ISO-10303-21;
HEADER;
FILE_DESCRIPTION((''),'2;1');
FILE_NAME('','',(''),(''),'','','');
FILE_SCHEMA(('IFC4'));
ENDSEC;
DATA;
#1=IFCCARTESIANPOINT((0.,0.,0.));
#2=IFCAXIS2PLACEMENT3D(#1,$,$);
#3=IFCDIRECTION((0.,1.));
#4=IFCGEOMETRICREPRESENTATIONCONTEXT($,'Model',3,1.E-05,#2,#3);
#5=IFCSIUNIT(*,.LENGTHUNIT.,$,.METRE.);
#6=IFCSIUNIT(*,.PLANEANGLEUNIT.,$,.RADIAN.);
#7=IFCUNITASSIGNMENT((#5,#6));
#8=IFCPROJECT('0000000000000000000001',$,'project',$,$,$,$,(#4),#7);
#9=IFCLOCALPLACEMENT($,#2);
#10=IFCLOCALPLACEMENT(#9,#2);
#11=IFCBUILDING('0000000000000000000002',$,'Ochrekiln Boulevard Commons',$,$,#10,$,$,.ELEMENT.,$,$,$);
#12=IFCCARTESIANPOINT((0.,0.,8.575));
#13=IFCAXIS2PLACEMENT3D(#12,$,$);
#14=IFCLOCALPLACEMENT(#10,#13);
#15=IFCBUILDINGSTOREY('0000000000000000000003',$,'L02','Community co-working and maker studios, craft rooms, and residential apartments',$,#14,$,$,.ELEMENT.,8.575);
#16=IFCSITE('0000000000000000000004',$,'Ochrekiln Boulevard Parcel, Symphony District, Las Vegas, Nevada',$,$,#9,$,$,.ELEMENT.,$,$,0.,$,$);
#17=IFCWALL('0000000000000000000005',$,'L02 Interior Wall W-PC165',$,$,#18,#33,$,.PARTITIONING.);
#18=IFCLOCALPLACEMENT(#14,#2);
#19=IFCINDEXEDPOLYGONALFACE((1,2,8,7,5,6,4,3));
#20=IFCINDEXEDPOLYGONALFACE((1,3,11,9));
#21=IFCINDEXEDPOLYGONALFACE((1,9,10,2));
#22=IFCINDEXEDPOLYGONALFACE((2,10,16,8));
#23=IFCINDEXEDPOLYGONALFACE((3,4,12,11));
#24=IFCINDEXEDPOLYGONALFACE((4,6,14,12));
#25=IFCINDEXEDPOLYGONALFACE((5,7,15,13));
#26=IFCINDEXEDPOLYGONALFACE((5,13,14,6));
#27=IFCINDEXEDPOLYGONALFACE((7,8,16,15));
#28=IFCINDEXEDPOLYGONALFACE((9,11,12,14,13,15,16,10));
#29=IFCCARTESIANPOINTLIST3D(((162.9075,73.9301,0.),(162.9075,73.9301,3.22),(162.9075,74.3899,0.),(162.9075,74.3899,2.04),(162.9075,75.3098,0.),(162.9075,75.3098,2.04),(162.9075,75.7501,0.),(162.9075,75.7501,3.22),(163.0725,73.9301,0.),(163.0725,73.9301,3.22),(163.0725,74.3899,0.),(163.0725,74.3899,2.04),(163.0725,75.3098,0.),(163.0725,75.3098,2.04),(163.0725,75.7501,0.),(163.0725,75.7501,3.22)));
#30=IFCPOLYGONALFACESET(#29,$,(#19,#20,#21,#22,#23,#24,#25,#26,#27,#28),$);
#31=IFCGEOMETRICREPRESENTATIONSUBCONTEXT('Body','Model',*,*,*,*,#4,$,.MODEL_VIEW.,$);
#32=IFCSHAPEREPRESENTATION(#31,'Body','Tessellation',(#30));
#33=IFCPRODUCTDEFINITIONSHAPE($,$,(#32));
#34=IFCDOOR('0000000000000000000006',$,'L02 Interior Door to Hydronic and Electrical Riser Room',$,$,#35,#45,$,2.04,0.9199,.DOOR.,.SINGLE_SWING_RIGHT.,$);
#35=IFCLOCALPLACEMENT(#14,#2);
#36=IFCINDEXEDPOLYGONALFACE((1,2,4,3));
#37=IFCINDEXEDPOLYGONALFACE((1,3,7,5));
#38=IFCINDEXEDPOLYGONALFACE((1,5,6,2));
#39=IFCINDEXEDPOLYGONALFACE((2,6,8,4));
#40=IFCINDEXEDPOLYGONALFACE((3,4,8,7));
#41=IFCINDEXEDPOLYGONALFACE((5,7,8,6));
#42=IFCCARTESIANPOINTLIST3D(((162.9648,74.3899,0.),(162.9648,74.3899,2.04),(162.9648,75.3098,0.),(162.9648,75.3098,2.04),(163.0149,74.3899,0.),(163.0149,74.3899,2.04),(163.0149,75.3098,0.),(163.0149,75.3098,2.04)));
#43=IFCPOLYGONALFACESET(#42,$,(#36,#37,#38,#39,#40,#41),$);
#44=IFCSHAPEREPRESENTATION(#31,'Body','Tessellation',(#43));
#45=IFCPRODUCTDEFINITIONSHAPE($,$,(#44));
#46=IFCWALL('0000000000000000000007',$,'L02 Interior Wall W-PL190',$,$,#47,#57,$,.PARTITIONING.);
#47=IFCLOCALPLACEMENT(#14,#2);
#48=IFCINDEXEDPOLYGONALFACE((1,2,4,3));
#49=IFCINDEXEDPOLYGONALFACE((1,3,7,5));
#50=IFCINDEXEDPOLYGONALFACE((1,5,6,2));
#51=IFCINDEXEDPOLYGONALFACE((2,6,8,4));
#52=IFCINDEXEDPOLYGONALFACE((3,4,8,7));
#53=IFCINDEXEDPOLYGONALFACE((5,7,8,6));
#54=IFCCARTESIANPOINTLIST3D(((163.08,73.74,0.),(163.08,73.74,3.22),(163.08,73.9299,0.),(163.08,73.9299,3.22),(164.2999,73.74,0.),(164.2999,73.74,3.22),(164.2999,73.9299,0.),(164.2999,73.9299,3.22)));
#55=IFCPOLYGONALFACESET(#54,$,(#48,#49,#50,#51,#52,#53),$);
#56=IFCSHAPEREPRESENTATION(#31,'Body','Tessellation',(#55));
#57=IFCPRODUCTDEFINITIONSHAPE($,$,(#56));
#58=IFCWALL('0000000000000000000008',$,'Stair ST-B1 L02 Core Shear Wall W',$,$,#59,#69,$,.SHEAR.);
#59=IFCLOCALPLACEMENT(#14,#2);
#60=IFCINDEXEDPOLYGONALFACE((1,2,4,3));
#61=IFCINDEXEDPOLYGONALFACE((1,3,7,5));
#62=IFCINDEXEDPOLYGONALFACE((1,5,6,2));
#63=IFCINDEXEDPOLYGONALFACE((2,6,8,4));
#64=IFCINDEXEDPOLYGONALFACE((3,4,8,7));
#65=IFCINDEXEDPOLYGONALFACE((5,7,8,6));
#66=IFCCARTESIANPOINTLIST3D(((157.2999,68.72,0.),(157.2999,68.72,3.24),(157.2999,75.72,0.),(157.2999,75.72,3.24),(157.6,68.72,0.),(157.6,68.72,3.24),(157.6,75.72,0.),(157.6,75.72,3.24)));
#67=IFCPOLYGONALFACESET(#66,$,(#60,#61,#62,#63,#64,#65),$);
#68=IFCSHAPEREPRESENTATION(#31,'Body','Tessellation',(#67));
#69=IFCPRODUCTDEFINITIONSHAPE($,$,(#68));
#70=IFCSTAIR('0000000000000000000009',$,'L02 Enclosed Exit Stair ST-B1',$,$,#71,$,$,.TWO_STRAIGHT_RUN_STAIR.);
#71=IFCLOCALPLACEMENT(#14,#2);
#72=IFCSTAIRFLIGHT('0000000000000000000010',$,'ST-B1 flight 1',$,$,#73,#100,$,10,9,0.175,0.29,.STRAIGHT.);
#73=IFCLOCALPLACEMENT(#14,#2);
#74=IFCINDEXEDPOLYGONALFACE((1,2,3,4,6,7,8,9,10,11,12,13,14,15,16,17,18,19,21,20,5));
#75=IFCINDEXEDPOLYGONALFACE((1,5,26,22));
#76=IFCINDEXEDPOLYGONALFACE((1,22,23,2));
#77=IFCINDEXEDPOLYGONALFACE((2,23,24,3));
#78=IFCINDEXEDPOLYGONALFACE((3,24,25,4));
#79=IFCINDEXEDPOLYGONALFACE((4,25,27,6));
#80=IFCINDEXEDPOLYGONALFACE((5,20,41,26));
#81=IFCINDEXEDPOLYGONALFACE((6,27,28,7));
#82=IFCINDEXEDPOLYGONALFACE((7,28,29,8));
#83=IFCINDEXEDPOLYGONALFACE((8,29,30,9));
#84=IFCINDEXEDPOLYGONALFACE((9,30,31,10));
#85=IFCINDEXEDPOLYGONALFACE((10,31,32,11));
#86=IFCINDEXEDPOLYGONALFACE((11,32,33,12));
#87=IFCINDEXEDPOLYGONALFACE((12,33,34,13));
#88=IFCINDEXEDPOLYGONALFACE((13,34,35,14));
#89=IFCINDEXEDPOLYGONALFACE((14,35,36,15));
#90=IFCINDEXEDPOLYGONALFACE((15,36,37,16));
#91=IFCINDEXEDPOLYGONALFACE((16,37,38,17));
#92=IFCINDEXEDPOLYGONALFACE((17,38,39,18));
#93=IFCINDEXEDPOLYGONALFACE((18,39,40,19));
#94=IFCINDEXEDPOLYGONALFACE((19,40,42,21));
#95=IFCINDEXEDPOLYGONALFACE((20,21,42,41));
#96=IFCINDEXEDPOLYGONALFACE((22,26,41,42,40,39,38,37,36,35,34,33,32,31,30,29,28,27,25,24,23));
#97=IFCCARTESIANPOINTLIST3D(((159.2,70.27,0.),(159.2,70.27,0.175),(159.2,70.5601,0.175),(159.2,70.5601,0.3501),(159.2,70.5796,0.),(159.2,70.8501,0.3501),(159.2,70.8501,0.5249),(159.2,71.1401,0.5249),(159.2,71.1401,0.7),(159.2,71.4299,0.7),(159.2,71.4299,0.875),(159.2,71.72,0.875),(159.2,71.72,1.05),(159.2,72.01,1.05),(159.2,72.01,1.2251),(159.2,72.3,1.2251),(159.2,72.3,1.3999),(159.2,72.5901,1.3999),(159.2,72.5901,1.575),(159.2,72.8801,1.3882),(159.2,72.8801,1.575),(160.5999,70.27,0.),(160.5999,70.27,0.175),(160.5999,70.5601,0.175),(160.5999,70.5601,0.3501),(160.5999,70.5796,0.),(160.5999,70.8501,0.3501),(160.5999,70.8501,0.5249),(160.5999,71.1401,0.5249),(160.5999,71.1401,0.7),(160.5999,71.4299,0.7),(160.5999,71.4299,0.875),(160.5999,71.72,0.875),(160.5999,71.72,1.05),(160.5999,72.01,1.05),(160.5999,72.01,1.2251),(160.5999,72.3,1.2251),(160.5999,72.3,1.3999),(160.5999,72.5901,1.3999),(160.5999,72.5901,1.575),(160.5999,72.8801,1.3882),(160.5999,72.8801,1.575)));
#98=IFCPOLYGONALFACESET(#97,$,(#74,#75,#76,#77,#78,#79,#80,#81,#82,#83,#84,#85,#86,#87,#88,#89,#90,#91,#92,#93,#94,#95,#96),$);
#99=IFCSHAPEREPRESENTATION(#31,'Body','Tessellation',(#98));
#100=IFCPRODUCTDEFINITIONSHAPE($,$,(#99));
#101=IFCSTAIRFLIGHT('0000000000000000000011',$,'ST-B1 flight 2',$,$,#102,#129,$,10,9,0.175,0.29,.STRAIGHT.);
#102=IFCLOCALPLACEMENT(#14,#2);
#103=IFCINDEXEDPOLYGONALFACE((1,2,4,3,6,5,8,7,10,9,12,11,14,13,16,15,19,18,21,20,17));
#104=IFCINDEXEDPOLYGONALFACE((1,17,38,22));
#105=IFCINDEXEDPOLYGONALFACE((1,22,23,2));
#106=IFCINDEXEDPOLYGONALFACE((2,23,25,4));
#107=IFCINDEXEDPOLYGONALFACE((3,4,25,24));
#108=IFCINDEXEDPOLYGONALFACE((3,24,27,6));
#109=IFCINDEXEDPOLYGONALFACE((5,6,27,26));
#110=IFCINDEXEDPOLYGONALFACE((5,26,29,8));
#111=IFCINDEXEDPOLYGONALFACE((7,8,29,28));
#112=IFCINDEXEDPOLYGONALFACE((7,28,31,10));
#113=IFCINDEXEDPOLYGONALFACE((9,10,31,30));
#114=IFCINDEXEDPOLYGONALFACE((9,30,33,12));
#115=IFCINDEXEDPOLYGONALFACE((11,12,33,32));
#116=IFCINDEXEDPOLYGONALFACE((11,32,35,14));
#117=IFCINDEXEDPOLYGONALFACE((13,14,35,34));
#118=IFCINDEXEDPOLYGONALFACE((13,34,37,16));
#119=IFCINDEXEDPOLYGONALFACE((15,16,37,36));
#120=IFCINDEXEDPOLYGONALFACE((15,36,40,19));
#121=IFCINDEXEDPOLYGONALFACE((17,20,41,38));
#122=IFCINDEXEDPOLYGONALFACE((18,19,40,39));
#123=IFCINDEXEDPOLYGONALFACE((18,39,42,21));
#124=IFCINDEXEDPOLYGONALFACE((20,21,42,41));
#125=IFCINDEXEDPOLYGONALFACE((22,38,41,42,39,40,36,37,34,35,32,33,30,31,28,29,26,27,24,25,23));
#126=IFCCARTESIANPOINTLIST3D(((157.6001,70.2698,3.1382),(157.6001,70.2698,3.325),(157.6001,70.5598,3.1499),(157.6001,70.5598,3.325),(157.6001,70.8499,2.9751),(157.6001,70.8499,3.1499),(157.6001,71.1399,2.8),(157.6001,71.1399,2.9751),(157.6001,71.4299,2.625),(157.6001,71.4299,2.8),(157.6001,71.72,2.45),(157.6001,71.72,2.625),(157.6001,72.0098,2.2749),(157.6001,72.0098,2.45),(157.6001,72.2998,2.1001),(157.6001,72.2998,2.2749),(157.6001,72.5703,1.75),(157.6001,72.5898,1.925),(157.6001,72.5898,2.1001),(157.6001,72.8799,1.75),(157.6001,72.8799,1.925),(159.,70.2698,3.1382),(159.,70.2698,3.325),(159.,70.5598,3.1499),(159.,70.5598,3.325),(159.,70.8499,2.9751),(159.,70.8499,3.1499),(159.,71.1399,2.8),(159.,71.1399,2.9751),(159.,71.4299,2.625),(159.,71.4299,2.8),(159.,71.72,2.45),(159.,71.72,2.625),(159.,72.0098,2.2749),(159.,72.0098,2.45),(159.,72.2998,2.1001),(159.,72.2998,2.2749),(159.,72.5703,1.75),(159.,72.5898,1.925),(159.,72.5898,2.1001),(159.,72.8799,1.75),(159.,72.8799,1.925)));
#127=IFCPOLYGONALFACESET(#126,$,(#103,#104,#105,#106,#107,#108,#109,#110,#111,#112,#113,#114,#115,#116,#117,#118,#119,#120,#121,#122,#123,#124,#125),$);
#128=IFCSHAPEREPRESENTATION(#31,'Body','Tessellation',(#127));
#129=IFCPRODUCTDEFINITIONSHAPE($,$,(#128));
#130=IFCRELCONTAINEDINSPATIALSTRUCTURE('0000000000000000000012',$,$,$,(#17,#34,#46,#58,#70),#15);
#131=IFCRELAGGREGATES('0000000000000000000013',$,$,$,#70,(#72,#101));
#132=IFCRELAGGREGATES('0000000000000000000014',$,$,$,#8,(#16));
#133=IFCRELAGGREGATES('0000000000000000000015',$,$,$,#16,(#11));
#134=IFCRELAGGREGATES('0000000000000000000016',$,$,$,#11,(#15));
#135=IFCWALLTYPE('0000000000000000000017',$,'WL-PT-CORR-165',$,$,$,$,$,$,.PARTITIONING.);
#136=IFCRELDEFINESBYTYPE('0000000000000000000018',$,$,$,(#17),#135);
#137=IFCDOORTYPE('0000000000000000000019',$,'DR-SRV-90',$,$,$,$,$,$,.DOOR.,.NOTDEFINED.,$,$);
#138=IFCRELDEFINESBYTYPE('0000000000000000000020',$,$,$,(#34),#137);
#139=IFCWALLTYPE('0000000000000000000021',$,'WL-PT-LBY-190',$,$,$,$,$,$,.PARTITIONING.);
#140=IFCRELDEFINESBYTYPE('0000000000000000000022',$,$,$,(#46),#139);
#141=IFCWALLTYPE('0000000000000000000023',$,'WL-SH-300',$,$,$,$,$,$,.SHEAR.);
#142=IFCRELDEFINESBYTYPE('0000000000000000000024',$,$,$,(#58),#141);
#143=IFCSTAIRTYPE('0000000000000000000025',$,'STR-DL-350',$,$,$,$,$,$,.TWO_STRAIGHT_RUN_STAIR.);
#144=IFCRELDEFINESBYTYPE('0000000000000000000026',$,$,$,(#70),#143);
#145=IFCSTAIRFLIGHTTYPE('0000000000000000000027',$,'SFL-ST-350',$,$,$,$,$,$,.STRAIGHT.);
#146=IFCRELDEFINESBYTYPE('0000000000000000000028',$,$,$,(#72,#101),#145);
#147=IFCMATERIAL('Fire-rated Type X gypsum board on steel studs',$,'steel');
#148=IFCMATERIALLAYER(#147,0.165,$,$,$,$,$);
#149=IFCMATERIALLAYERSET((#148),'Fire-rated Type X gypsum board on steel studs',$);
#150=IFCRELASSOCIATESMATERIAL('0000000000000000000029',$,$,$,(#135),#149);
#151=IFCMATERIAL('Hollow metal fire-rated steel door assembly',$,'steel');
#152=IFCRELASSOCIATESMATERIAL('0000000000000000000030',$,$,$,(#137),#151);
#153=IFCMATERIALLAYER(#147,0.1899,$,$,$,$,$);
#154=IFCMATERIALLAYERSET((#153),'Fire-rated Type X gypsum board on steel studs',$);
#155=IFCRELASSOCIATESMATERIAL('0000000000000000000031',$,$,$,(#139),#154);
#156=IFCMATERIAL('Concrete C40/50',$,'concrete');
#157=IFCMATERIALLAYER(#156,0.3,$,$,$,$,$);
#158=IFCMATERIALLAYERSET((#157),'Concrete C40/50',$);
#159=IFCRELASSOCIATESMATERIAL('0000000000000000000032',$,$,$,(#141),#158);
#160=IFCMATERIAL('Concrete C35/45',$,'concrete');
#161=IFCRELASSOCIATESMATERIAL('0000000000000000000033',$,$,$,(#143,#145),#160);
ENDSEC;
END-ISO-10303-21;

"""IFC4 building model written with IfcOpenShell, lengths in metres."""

from ifc_helpers import new_model, si_unit, direction, frame, frame_2d, origin, place, context, subcontext, project, spatial, polyline, rectangle, outline, extrude, material, layer, layer_set, type_object, element, fill, aggregate, save


model = new_model("IFC4")

# Units and contexts
model_context = context("Model", 3, precision=1e-05, world=origin(), true_north=direction((0.0, 1.0)))
body_context = subcontext(model_context, "Body", "Model", "MODEL_VIEW")
ifc_project = project(units=[si_unit("LENGTHUNIT", "METRE"), si_unit("PLANEANGLEUNIT", "RADIAN")], contexts=[model_context])

# Site, building, storey
site_placement = place(None, origin())
site = spatial("IfcSite", under=ifc_project, at=site_placement, Name="Ochrekiln Boulevard Parcel, Symphony District, Las Vegas, Nevada", CompositionType="ELEMENT", RefElevation=0.0)
building_placement = place(site_placement, origin())
building = spatial("IfcBuilding", under=site, at=building_placement, Name="Ochrekiln Boulevard Commons", CompositionType="ELEMENT")
storey_placement = place(building_placement, frame((0.0, 0.0, 8.575)))
storey = spatial("IfcBuildingStorey", under=building, at=storey_placement, Name="L02", Description="Community co-working and maker studios, craft rooms, and residential apartments", CompositionType="ELEMENT", Elevation=8.575)

# Wall, opening, door
ifc_material_1 = material(Name="Fire-rated Type X gypsum board on steel studs", Category="steel")
ifc_layer_1 = layer(ifc_material_1, 0.165)
ifc_layer_set_1 = layer_set([ifc_layer_1], Name="Fire-rated Type X gypsum board on steel studs")
wall_type_1 = type_object("IfcWallType", Name="WL-PT-CORR-165", PredefinedType="PARTITIONING", material=ifc_layer_set_1)
wall_1_placement = place(storey_placement, frame((162.99, 73.9299, 0.0), z_axis=(0.0, 0.0, 1.0), x_axis=(0.0, 1.0, 0.0)))
wall_1 = element("IfcWall", 1, at=wall_1_placement, inside=storey, type_object=wall_type_1, Name="L02 Interior Wall W-PC165", PredefinedType="PARTITIONING", context=body_context, shape_type="SweptSolid", body=[
    extrude(rectangle(XDim=1.8201, YDim=0.165, at=frame_2d((0.9102, 0.0))), origin(), (0.0, 0.0, 1.0), 3.22),
])
opening_1_placement = place(wall_1_placement, frame((0.46, 0.0, 0.0)))
opening_1 = element("IfcOpeningElement", 2, at=opening_1_placement, cuts=wall_1, PredefinedType="OPENING", context=body_context, shape_type="SweptSolid", body=[
    extrude(rectangle(XDim=0.9199, YDim=2.04, at=frame_2d((0.46, 1.02))), frame((0.0, 0.0925, 0.0), z_axis=(0.0, -1.0, 0.0), x_axis=(1.0, 0.0, 0.0)), (0.0, 0.0, 1.0), 0.1851),
])
ifc_material_2 = material(Name="Hollow metal fire-rated steel door assembly", Category="steel")
door_type_1 = type_object("IfcDoorType", Name="DR-SRV-90", OperationType="NOTDEFINED", PredefinedType="DOOR", material=ifc_material_2)
door_1_placement = place(opening_1_placement, frame((0.9199, 0.0, 0.0), z_axis=(0.0, 0.0, 1.0), x_axis=(-1.0, 0.0, 0.0)))
door_1 = element("IfcDoor", 3, at=door_1_placement, inside=storey, type_object=door_type_1, Name="L02 Interior Door to Hydronic and Electrical Riser Room", OperationType="SINGLE_SWING_RIGHT", OverallHeight=2.04, OverallWidth=0.9199, PredefinedType="DOOR", context=body_context, shape_type="SweptSolid", body=[
    extrude(rectangle(XDim=0.9199, YDim=2.04, at=frame_2d((0.46, 1.02))), frame((0.0, 0.0249, 0.0), z_axis=(0.0, -1.0, 0.0), x_axis=(1.0, 0.0, 0.0)), (0.0, 0.0, 1.0), 0.05),
])
fill(opening_1, door_1)

# Wall
ifc_layer_2 = layer(ifc_material_1, 0.1899)
ifc_layer_set_2 = layer_set([ifc_layer_2], Name="Fire-rated Type X gypsum board on steel studs")
wall_type_2 = type_object("IfcWallType", Name="WL-PT-LBY-190", PredefinedType="PARTITIONING", material=ifc_layer_set_2)
wall_2_placement = place(storey_placement, frame((163.0801, 73.835, 0.0), z_axis=(0.0, 0.0, 1.0), x_axis=(1.0, 0.0, 0.0)))
element("IfcWall", 4, at=wall_2_placement, inside=storey, type_object=wall_type_2, Name="L02 Interior Wall W-PL190", PredefinedType="PARTITIONING", context=body_context, shape_type="SweptSolid", body=[
    extrude(rectangle(XDim=1.22, YDim=0.1899, at=frame_2d((0.6099, 0.0))), origin(), (0.0, 0.0, 1.0), 3.22),
])

# Wall
ifc_material_3 = material(Name="Concrete C40/50", Category="concrete")
ifc_layer_3 = layer(ifc_material_3, 0.3)
ifc_layer_set_3 = layer_set([ifc_layer_3], Name="Concrete C40/50")
wall_type_3 = type_object("IfcWallType", Name="WL-SH-300", PredefinedType="SHEAR", material=ifc_layer_set_3)
wall_3_placement = place(storey_placement, frame((157.45, 68.72, 0.0), z_axis=(0.0, 0.0, 1.0), x_axis=(0.0, 1.0, 0.0)))
element("IfcWall", 5, at=wall_3_placement, inside=storey, type_object=wall_type_3, Name="Stair ST-B1 L02 Core Shear Wall W", PredefinedType="SHEAR", context=body_context, shape_type="SweptSolid", body=[
    extrude(rectangle(XDim=7.0, YDim=0.3, at=frame_2d((3.5, 0.0))), origin(), (0.0, 0.0, 1.0), 3.24),
])

# Stair, stair flights
ifc_material_4 = material(Name="Concrete C35/45", Category="concrete")
stair_type = type_object("IfcStairType", Name="STR-DL-350", PredefinedType="TWO_STRAIGHT_RUN_STAIR", material=ifc_material_4)
stair_placement = place(storey_placement, origin())
stair = element("IfcStair", 6, at=stair_placement, inside=storey, type_object=stair_type, Name="L02 Enclosed Exit Stair ST-B1", PredefinedType="TWO_STRAIGHT_RUN_STAIR")
stair_flight_type = type_object("IfcStairFlightType", Name="SFL-ST-350", PredefinedType="STRAIGHT", material=ifc_material_4)
stair_flight_1_placement = place(storey_placement, frame((159.8999, 70.27, 0.0), z_axis=(0.0, 0.0, 1.0), x_axis=(0.0, 1.0, 0.0)))
stair_flight_1 = element("IfcStairFlight", 7, at=stair_flight_1_placement, type_object=stair_flight_type, Name="ST-B1 flight 1", NumberOfRisers=10, NumberOfTreads=9, PredefinedType="STRAIGHT", RiserHeight=0.175, TreadLength=0.29, context=body_context, shape_type="SweptSolid", body=[
    extrude(outline(polyline([(0.0, 0.0), (0.0, 0.175), (0.29, 0.175), (0.29, 0.3501), (0.5801, 0.3501), (0.5801, 0.5249), (0.8701, 0.5249), (0.8701, 0.7), (1.1599, 0.7), (1.1599, 0.875), (1.45, 0.875), (1.45, 1.05), (1.74, 1.05), (1.74, 1.2251), (2.03, 1.2251), (2.03, 1.3999), (2.3201, 1.3999), (2.3201, 1.575), (2.6101, 1.575), (2.6101, 1.75), (2.6101, 1.3882), (0.3096, 0.0), (0.0, 0.0)])), frame((0.0, 0.7, 0.0), z_axis=(0.0, -1.0, 0.0), x_axis=(1.0, 0.0, 0.0)), (0.0, 0.0, 1.0), 1.3999),
])
stair_flight_2_placement = place(storey_placement, frame((158.3, 72.8799, 1.75), z_axis=(0.0, 0.0, 1.0), x_axis=(0.0, -1.0, 0.0)))
stair_flight_2 = element("IfcStairFlight", 8, at=stair_flight_2_placement, type_object=stair_flight_type, Name="ST-B1 flight 2", NumberOfRisers=10, NumberOfTreads=9, PredefinedType="STRAIGHT", RiserHeight=0.175, TreadLength=0.29, context=body_context, shape_type="SweptSolid", body=[
    extrude(outline(polyline([(0.0, 0.0), (0.0, 0.175), (0.29, 0.175), (0.29, 0.3501), (0.5801, 0.3501), (0.5801, 0.5249), (0.8701, 0.5249), (0.8701, 0.7), (1.1599, 0.7), (1.1599, 0.875), (1.45, 0.875), (1.45, 1.05), (1.74, 1.05), (1.74, 1.2251), (2.03, 1.2251), (2.03, 1.3999), (2.3201, 1.3999), (2.3201, 1.575), (2.6101, 1.575), (2.6101, 1.75), (2.6101, 1.3882), (0.3096, 0.0), (0.0, 0.0)])), frame((0.0, 0.7, 0.0), z_axis=(0.0, -1.0, 0.0), x_axis=(1.0, 0.0, 0.0)), (0.0, 0.0, 1.0), 1.3999),
])
aggregate(stair, [stair_flight_1, stair_flight_2])

save(model, "model.ifc")
